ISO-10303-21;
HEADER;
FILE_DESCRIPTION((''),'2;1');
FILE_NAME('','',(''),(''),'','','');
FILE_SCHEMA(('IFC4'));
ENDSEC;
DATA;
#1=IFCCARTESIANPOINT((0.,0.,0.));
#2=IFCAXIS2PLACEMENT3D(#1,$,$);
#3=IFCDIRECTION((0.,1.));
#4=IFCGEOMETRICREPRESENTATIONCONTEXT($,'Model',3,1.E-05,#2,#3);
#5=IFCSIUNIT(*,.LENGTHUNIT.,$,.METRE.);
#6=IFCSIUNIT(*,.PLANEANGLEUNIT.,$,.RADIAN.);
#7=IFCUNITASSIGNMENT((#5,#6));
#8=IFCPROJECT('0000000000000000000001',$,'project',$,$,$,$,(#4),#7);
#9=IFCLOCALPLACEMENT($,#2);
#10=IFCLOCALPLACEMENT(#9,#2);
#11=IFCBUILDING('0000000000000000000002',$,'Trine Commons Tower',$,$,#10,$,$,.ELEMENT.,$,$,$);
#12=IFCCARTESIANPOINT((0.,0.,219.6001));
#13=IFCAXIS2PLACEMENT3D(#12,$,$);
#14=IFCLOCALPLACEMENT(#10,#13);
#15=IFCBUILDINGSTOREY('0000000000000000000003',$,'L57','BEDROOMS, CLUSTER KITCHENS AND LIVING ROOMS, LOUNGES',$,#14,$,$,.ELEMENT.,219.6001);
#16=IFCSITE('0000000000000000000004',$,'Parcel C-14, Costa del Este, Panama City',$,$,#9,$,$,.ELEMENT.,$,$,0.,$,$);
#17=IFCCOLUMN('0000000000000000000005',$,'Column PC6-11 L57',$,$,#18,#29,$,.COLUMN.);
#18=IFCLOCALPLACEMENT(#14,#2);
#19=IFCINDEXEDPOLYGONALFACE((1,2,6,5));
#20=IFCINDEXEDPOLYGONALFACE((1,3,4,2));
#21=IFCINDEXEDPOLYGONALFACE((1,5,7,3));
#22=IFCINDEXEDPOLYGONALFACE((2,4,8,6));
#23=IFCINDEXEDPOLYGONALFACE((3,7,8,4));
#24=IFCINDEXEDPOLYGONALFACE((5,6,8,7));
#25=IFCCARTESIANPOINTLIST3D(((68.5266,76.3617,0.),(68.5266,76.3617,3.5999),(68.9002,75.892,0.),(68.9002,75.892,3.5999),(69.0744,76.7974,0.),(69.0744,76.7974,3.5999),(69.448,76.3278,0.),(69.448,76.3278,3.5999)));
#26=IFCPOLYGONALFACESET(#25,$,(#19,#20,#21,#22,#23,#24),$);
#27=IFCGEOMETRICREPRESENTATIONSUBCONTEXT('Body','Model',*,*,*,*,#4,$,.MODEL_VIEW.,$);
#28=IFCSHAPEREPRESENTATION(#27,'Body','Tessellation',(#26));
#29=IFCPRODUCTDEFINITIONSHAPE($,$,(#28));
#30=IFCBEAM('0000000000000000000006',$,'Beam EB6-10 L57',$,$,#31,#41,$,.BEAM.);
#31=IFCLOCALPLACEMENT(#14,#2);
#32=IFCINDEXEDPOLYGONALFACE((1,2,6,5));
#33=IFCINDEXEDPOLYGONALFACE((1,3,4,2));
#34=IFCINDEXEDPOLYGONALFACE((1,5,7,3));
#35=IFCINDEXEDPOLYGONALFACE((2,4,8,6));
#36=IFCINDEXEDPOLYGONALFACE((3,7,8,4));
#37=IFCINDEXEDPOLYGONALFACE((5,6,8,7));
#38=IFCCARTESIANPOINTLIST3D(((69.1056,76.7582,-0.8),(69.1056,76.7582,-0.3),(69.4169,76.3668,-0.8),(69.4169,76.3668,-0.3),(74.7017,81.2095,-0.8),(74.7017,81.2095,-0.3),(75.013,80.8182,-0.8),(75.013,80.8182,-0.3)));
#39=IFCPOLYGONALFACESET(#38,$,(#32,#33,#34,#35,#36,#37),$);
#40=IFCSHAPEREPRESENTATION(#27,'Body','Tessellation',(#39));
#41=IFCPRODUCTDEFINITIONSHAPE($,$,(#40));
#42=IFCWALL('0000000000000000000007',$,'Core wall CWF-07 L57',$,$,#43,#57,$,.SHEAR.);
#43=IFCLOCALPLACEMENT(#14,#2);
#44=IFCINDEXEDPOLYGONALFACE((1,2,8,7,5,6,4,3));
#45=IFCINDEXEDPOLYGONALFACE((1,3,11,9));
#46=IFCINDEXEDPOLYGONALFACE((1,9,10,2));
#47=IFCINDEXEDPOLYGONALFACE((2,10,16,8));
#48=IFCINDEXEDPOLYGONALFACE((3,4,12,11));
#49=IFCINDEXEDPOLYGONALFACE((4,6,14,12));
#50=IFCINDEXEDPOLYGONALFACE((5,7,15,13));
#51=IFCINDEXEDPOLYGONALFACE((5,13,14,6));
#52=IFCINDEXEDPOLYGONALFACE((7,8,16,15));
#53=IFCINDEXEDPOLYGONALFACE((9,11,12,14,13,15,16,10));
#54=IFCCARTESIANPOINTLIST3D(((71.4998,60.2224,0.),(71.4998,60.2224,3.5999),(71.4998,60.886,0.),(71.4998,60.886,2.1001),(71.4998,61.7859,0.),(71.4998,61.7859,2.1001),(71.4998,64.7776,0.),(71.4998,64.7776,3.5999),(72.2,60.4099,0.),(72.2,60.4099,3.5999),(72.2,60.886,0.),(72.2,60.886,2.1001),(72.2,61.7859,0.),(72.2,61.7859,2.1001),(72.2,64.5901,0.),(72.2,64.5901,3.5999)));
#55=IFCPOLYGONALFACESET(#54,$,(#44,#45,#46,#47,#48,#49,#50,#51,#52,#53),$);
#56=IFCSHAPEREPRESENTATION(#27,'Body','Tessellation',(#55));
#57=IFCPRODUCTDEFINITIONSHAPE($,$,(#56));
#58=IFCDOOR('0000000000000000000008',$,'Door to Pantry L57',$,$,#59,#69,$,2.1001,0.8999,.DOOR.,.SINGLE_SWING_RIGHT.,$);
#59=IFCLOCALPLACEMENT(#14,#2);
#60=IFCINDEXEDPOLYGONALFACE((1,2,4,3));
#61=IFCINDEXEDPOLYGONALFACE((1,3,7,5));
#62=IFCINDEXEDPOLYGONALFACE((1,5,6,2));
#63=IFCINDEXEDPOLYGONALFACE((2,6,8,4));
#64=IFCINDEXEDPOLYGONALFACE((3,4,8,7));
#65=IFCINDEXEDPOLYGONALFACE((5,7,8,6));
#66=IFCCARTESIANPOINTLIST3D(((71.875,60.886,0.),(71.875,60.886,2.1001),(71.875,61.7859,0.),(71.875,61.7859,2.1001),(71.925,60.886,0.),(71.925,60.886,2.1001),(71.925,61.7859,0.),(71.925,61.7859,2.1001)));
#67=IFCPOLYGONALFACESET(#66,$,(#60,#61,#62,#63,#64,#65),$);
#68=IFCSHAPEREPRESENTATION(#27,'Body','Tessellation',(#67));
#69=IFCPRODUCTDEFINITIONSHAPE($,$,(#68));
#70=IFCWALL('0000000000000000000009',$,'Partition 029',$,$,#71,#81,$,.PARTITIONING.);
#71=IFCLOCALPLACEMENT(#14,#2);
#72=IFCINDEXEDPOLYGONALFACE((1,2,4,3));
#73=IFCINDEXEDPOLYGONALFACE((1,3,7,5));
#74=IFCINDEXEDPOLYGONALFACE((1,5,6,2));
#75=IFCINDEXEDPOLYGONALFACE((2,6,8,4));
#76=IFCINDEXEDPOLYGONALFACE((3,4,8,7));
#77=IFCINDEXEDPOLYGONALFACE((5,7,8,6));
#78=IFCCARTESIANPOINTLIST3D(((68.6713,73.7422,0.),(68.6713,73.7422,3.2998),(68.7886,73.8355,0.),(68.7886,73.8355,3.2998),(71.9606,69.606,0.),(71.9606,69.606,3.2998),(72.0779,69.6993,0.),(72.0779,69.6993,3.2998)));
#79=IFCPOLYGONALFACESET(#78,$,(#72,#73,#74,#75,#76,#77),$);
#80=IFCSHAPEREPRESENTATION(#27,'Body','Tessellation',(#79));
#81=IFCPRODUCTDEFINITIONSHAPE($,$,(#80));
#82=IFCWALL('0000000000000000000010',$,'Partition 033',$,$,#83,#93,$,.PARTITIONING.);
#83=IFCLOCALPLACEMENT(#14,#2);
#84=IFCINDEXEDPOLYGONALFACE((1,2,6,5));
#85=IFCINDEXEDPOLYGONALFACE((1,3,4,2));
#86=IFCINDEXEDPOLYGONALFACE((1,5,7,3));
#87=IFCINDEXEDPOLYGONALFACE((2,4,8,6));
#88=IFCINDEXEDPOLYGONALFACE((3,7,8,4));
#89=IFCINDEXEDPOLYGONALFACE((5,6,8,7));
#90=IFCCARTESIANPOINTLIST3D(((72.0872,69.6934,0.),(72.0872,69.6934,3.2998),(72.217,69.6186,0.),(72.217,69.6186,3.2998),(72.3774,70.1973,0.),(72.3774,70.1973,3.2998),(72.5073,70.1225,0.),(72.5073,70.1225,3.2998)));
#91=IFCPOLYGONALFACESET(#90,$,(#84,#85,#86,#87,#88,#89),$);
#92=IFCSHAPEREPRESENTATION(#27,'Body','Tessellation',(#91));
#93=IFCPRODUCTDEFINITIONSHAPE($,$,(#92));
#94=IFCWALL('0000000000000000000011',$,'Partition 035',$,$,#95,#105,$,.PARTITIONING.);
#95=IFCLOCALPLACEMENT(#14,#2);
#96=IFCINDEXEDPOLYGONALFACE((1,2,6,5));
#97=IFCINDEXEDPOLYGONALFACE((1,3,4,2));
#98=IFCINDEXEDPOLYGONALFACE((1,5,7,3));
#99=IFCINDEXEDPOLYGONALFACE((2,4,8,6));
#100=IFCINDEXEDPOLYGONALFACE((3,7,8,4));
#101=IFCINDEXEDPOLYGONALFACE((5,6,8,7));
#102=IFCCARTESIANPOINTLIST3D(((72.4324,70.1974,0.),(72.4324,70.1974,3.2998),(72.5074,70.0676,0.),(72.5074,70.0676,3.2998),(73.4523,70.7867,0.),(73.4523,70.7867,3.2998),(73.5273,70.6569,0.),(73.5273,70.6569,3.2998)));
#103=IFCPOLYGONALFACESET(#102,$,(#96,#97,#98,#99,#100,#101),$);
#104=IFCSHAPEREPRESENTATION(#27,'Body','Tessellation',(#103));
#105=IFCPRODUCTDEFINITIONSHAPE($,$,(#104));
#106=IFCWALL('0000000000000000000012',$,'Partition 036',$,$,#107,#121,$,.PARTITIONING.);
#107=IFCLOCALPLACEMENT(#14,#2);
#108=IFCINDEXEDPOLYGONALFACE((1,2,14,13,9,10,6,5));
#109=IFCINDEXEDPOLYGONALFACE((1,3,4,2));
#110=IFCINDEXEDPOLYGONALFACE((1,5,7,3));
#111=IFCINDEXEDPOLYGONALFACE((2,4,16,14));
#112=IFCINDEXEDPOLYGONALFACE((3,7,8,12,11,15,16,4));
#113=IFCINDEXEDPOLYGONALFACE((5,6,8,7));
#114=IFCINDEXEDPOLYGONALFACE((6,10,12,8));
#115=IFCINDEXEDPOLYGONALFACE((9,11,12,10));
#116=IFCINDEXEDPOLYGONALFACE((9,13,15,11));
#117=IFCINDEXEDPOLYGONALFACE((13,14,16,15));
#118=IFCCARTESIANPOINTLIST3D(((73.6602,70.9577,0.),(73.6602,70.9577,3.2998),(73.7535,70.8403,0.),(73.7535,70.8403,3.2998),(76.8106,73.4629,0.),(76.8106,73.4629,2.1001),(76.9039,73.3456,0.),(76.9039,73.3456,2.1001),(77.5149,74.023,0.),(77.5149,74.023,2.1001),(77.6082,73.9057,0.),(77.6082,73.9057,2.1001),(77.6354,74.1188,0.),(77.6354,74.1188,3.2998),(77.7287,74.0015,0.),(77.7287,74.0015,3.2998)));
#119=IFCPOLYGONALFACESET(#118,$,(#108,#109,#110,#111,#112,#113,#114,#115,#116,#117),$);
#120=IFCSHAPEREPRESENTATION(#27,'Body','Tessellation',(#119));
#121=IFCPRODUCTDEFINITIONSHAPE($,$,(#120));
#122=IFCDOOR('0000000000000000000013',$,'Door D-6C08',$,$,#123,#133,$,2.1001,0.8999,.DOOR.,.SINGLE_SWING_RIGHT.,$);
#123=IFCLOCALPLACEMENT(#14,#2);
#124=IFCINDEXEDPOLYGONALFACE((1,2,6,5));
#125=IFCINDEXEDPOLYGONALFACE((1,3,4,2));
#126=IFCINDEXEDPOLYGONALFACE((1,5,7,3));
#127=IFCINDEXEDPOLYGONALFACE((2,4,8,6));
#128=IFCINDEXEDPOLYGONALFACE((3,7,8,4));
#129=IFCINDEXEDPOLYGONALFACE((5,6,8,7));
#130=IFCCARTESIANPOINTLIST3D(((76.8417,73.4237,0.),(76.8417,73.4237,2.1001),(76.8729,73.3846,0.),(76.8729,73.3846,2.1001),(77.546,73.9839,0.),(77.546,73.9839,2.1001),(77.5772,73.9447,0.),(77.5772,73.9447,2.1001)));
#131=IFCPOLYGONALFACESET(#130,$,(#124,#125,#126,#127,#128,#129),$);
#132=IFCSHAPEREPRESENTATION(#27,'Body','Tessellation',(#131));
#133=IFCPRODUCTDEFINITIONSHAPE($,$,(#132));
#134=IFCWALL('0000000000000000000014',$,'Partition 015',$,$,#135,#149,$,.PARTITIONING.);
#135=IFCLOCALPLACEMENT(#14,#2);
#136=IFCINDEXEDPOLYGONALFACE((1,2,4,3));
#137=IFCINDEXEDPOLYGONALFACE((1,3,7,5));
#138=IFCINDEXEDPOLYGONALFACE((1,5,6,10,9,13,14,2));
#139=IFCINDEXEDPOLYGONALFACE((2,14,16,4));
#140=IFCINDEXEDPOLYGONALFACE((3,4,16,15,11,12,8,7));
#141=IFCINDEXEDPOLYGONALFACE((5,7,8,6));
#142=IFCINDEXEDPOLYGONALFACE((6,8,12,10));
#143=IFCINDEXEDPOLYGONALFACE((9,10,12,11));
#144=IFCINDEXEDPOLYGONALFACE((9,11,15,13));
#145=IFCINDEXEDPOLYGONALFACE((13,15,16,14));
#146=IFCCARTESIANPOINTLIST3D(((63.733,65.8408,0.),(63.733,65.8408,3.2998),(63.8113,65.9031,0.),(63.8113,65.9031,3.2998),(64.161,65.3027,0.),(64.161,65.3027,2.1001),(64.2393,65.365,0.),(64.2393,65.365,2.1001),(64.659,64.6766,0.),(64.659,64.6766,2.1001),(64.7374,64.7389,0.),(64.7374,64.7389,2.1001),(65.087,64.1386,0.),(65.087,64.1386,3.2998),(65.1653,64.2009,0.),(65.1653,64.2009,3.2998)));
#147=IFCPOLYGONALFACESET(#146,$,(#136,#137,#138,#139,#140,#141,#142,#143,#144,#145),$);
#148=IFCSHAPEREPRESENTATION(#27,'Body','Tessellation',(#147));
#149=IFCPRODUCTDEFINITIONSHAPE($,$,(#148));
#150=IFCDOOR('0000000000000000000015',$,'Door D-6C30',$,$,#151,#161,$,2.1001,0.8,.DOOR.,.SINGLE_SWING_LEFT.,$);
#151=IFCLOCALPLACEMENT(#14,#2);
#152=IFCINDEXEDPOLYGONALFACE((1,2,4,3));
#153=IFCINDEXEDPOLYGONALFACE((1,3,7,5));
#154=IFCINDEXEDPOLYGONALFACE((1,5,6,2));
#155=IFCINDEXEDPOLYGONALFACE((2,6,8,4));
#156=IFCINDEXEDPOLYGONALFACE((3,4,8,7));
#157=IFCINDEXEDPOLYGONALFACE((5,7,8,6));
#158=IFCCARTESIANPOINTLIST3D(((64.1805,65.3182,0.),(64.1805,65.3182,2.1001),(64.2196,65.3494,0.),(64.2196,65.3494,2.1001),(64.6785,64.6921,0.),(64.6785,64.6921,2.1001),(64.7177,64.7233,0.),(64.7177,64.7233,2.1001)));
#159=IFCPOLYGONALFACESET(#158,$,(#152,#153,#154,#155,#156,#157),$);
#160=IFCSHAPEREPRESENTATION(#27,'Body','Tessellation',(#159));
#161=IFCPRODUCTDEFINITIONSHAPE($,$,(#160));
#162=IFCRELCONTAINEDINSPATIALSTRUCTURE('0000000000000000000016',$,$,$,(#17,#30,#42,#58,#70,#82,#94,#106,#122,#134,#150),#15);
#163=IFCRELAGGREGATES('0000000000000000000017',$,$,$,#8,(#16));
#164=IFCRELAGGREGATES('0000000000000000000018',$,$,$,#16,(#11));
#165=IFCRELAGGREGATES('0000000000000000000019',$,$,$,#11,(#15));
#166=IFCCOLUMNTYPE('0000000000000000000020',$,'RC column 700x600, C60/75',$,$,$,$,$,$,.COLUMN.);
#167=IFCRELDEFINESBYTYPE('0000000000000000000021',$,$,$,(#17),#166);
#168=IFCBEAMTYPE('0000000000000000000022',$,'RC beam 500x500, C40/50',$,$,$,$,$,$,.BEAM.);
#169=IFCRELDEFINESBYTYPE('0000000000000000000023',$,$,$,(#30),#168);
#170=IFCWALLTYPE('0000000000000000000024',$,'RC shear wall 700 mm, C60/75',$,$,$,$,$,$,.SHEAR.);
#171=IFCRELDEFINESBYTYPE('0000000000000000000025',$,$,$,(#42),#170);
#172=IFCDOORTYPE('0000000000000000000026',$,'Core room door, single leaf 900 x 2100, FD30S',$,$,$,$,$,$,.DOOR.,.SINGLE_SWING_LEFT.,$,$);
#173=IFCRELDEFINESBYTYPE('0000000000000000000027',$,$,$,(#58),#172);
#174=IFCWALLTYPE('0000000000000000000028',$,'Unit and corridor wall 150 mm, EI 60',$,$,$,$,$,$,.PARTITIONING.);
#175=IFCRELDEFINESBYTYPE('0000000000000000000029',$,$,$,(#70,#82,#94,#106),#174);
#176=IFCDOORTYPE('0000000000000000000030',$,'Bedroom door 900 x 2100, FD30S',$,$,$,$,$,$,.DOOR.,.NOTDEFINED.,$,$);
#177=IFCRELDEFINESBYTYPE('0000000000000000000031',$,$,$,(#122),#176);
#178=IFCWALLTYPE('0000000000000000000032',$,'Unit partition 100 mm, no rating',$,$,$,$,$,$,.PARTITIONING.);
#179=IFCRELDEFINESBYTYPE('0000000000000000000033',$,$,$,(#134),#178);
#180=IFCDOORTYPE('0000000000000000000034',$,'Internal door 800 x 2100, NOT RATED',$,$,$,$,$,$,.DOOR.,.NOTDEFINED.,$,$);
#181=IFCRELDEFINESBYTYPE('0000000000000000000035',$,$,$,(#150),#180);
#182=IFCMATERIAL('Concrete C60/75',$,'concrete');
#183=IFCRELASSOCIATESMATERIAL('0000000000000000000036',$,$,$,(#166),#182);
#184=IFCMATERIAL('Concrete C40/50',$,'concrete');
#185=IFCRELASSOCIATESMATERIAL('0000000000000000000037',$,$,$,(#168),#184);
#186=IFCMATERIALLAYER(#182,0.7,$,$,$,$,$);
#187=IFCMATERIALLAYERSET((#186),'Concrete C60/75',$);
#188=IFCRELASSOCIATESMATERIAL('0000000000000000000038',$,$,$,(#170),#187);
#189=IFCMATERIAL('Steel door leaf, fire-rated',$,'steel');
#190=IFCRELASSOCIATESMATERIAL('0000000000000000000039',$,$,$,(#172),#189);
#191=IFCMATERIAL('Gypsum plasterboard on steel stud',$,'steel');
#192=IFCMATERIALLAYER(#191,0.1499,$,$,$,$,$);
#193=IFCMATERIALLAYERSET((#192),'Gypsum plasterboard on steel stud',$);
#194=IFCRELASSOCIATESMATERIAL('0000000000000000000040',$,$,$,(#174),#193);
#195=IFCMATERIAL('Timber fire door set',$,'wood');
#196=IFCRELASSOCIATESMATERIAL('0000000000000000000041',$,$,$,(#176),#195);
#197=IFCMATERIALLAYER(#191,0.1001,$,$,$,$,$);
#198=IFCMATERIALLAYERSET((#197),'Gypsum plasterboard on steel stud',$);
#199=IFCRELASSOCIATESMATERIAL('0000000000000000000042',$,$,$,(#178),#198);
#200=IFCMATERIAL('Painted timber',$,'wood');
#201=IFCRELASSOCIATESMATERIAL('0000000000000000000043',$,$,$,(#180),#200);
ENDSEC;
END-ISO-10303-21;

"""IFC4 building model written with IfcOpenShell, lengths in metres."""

from ifc_helpers import new_model, si_unit, direction, frame, frame_2d, origin, origin_2d, place, context, subcontext, project, spatial, polyline, rectangle, outline, extrude, material, layer, layer_set, material_profile, profile_set, type_object, element, fill, save


model = new_model("IFC4")

# Units and contexts
model_context = context("Model", 3, precision=1e-05, world=origin(), true_north=direction((0.0, 1.0)))
body_context = subcontext(model_context, "Body", "Model", "MODEL_VIEW")
ifc_project = project(units=[si_unit("LENGTHUNIT", "METRE"), si_unit("PLANEANGLEUNIT", "RADIAN")], contexts=[model_context])

# Site, building, storey
site_placement = place(None, origin())
site = spatial("IfcSite", under=ifc_project, at=site_placement, Name="Parcel C-14, Costa del Este, Panama City", CompositionType="ELEMENT", RefElevation=0.0)
building_placement = place(site_placement, origin())
building = spatial("IfcBuilding", under=site, at=building_placement, Name="Trine Commons Tower", CompositionType="ELEMENT")
storey_placement = place(building_placement, frame((0.0, 0.0, 219.6001)))
storey = spatial("IfcBuildingStorey", under=building, at=storey_placement, Name="L57", Description="BEDROOMS, CLUSTER KITCHENS AND LIVING ROOMS, LOUNGES", CompositionType="ELEMENT", Elevation=219.6001)

# Column
ifc_material_1 = material(Name="Concrete C60/75", Category="concrete")
ifc_material_profile_1 = material_profile(ifc_material_1, rectangle(XDim=0.7, YDim=0.6001, at=origin_2d()), Name="RC 700x600")
ifc_profile_set_1 = profile_set([ifc_material_profile_1], Name="Concrete C60/75")
column_type = type_object("IfcColumnType", Name="RC column 700x600, C60/75", PredefinedType="COLUMN", material=ifc_profile_set_1)
column_placement = place(storey_placement, frame((68.9873, 76.3447, 0.0), z_axis=(0.0, 0.0, 1.0), x_axis=(0.782608, 0.622515, 0.0)))
element("IfcColumn", 1, at=column_placement, inside=storey, type_object=column_type, Name="Column PC6-11 L57", PredefinedType="COLUMN", context=body_context, shape_type="SweptSolid", body=[
    extrude(rectangle(XDim=0.7, YDim=0.6001, at=origin_2d()), origin(), (0.0, 0.0, 1.0), 3.5999),
])

# Beam
ifc_material_2 = material(Name="Concrete C40/50", Category="concrete")
ifc_material_profile_2 = material_profile(ifc_material_2, rectangle(XDim=0.5, YDim=0.5, at=origin_2d()), Name="RC 500x500")
ifc_profile_set_2 = profile_set([ifc_material_profile_2], Name="Concrete C40/50")
beam_type = type_object("IfcBeamType", Name="RC beam 500x500, C40/50", PredefinedType="BEAM", material=ifc_profile_set_2)
beam_placement = place(storey_placement, frame((69.2612, 76.5625, -0.55), z_axis=(0.782608, 0.622515, 0.0), x_axis=(-0.622515, 0.782608, 0.0)))
element("IfcBeam", 2, at=beam_placement, inside=storey, type_object=beam_type, Name="Beam EB6-10 L57", PredefinedType="BEAM", context=body_context, shape_type="SweptSolid", body=[
    extrude(rectangle(XDim=0.5, YDim=0.5, at=origin_2d()), origin(), (0.0, 0.0, 1.0), 7.1506),
])

# Wall, opening, door
ifc_layer_1 = layer(ifc_material_1, 0.7)
ifc_layer_set_1 = layer_set([ifc_layer_1], Name="Concrete C60/75")
wall_type_1 = type_object("IfcWallType", Name="RC shear wall 700 mm, C60/75", PredefinedType="SHEAR", material=ifc_layer_set_1)
wall_1_placement = place(storey_placement, frame((71.8499, 64.7776, 0.0), z_axis=(0.0, 0.0, 1.0), x_axis=(0.0, -1.0, 0.0)))
wall_1 = element("IfcWall", 3, at=wall_1_placement, inside=storey, type_object=wall_type_1, Name="Core wall CWF-07 L57", PredefinedType="SHEAR", context=body_context, shape_type="SweptSolid", body=[
    extrude(outline(polyline([(0.0, -0.3501), (4.5552, -0.3501), (4.3677, 0.3501), (0.1875, 0.3501), (0.0, -0.3501)])), origin(), (0.0, 0.0, 1.0), 3.5999),
])
opening_1_placement = place(wall_1_placement, frame((2.9917, 0.0, 0.0)))
opening_1 = element("IfcOpeningElement", 4, at=opening_1_placement, cuts=wall_1, PredefinedType="OPENING", context=body_context, shape_type="SweptSolid", body=[
    extrude(rectangle(XDim=0.8999, YDim=2.1001, at=frame_2d((0.45, 1.05))), frame((0.0, 0.3599, 0.0), z_axis=(0.0, -1.0, 0.0), x_axis=(1.0, 0.0, 0.0)), (0.0, 0.0, 1.0), 0.72),
])
ifc_material_3 = material(Name="Steel door leaf, fire-rated", Category="steel")
door_type_1 = type_object("IfcDoorType", Name="Core room door, single leaf 900 x 2100, FD30S", OperationType="SINGLE_SWING_LEFT", PredefinedType="DOOR", material=ifc_material_3)
door_1_placement = place(opening_1_placement, origin())
door_1 = element("IfcDoor", 5, at=door_1_placement, inside=storey, type_object=door_type_1, Name="Door to Pantry L57", OperationType="SINGLE_SWING_RIGHT", OverallHeight=2.1001, OverallWidth=0.8999, PredefinedType="DOOR", context=body_context, shape_type="SweptSolid", body=[
    extrude(rectangle(XDim=0.8999, YDim=2.1001, at=frame_2d((0.45, 1.05))), frame((0.0, 0.0752, 0.0), z_axis=(0.0, -1.0, 0.0), x_axis=(1.0, 0.0, 0.0)), (0.0, 0.0, 1.0), 0.05),
])
fill(opening_1, door_1)

# Walls
ifc_material_4 = material(Name="Gypsum plasterboard on steel stud", Category="steel")
ifc_layer_2 = layer(ifc_material_4, 0.1499)
ifc_layer_set_2 = layer_set([ifc_layer_2], Name="Gypsum plasterboard on steel stud")
wall_type_2 = type_object("IfcWallType", Name="Unit and corridor wall 150 mm, EI 60", PredefinedType="PARTITIONING", material=ifc_layer_set_2)
wall_2_placement = place(storey_placement, frame((68.73, 73.7888, 0.0), z_axis=(0.0, 0.0, 1.0), x_axis=(0.622422, -0.782682, 0.0)))
element("IfcWall", 6, at=wall_2_placement, inside=storey, type_object=wall_type_2, Name="Partition 029", PredefinedType="PARTITIONING", context=body_context, shape_type="SweptSolid", body=[
    extrude(rectangle(XDim=5.2847, YDim=0.1499, at=frame_2d((2.6423, 0.0))), origin(), (0.0, 0.0, 1.0), 3.2998),
])
wall_3_placement = place(storey_placement, frame((72.1521, 69.656, 0.0), z_axis=(0.0, 0.0, 1.0), x_axis=(0.499165, 0.866507, 0.0)))
element("IfcWall", 7, at=wall_3_placement, inside=storey, type_object=wall_type_2, Name="Partition 033", PredefinedType="PARTITIONING", context=body_context, shape_type="SweptSolid", body=[
    extrude(rectangle(XDim=0.5815, YDim=0.1499, at=frame_2d((0.2908, 0.0))), origin(), (0.0, 0.0, 1.0), 3.2998),
])
wall_4_placement = place(storey_placement, frame((72.47, 70.1326, 0.0), z_axis=(0.0, 0.0, 1.0), x_axis=(0.865861, 0.500285, 0.0)))
element("IfcWall", 8, at=wall_4_placement, inside=storey, type_object=wall_type_2, Name="Partition 035", PredefinedType="PARTITIONING", context=body_context, shape_type="SweptSolid", body=[
    extrude(rectangle(XDim=1.178, YDim=0.1499, at=frame_2d((0.5889, 0.0))), origin(), (0.0, 0.0, 1.0), 3.2998),
])

# Walls, openings, doors
wall_5_placement = place(storey_placement, frame((73.7068, 70.8989, 0.0), z_axis=(0.0, 0.0, 1.0), x_axis=(0.782685, 0.622418, 0.0)))
wall_5 = element("IfcWall", 9, at=wall_5_placement, inside=storey, type_object=wall_type_2, Name="Partition 036", PredefinedType="PARTITIONING", context=body_context, shape_type="SweptSolid", body=[
    extrude(rectangle(XDim=5.0789, YDim=0.1499, at=frame_2d((2.5396, 0.0))), origin(), (0.0, 0.0, 1.0), 3.2998),
])
opening_2_placement = place(wall_5_placement, frame((4.0251, 0.0, 0.0)))
opening_2 = element("IfcOpeningElement", 10, at=opening_2_placement, cuts=wall_5, PredefinedType="OPENING", context=body_context, shape_type="SweptSolid", body=[
    extrude(rectangle(XDim=0.8999, YDim=2.1001, at=frame_2d((0.45, 1.05))), frame((0.0, 0.085, 0.0), z_axis=(0.0, -1.0, 0.0), x_axis=(1.0, 0.0, 0.0)), (0.0, 0.0, 1.0), 0.1699),
])
ifc_material_5 = material(Name="Timber fire door set", Category="wood")
door_type_2 = type_object("IfcDoorType", Name="Bedroom door 900 x 2100, FD30S", OperationType="NOTDEFINED", PredefinedType="DOOR", material=ifc_material_5)
door_2_placement = place(opening_2_placement, origin())
door_2 = element("IfcDoor", 11, at=door_2_placement, inside=storey, type_object=door_type_2, Name="Door D-6C08", OperationType="SINGLE_SWING_RIGHT", OverallHeight=2.1001, OverallWidth=0.8999, PredefinedType="DOOR", context=body_context, shape_type="SweptSolid", body=[
    extrude(rectangle(XDim=0.8999, YDim=2.1001, at=frame_2d((0.45, 1.05))), frame((0.0, 0.0249, 0.0), z_axis=(0.0, -1.0, 0.0), x_axis=(1.0, 0.0, 0.0)), (0.0, 0.0, 1.0), 0.05),
])
fill(opening_2, door_2)
ifc_layer_3 = layer(ifc_material_4, 0.1001)
ifc_layer_set_3 = layer_set([ifc_layer_3], Name="Gypsum plasterboard on steel stud")
wall_type_3 = type_object("IfcWallType", Name="Unit partition 100 mm, no rating", PredefinedType="PARTITIONING", material=ifc_layer_set_3)
wall_6_placement = place(storey_placement, frame((63.7722, 65.8718, 0.0), z_axis=(0.0, 0.0, 1.0), x_axis=(0.62253, -0.782596, 0.0)))
wall_6 = element("IfcWall", 12, at=wall_6_placement, inside=storey, type_object=wall_type_3, Name="Partition 015", PredefinedType="PARTITIONING", context=body_context, shape_type="SweptSolid", body=[
    extrude(rectangle(XDim=2.175, YDim=0.1001, at=frame_2d((1.0874, 0.0))), origin(), (0.0, 0.0, 1.0), 3.2998),
])
opening_3_placement = place(wall_6_placement, frame((0.6875, 0.0, 0.0)))
opening_3 = element("IfcOpeningElement", 13, at=opening_3_placement, cuts=wall_6, PredefinedType="OPENING", context=body_context, shape_type="SweptSolid", body=[
    extrude(rectangle(XDim=0.8, YDim=2.1001, at=frame_2d((0.3999, 1.05))), frame((0.0, 0.0601, 0.0), z_axis=(0.0, -1.0, 0.0), x_axis=(1.0, 0.0, 0.0)), (0.0, 0.0, 1.0), 0.1201),
])
ifc_material_6 = material(Name="Painted timber", Category="wood")
door_type_3 = type_object("IfcDoorType", Name="Internal door 800 x 2100, NOT RATED", OperationType="NOTDEFINED", PredefinedType="DOOR", material=ifc_material_6)
door_3_placement = place(opening_3_placement, origin())
door_3 = element("IfcDoor", 14, at=door_3_placement, inside=storey, type_object=door_type_3, Name="Door D-6C30", OperationType="SINGLE_SWING_LEFT", OverallHeight=2.1001, OverallWidth=0.8, PredefinedType="DOOR", context=body_context, shape_type="SweptSolid", body=[
    extrude(rectangle(XDim=0.8, YDim=2.1001, at=frame_2d((0.3999, 1.05))), frame((0.0, 0.0249, 0.0), z_axis=(0.0, -1.0, 0.0), x_axis=(1.0, 0.0, 0.0)), (0.0, 0.0, 1.0), 0.05),
])
fill(opening_3, door_3)

save(model, "model.ifc")
